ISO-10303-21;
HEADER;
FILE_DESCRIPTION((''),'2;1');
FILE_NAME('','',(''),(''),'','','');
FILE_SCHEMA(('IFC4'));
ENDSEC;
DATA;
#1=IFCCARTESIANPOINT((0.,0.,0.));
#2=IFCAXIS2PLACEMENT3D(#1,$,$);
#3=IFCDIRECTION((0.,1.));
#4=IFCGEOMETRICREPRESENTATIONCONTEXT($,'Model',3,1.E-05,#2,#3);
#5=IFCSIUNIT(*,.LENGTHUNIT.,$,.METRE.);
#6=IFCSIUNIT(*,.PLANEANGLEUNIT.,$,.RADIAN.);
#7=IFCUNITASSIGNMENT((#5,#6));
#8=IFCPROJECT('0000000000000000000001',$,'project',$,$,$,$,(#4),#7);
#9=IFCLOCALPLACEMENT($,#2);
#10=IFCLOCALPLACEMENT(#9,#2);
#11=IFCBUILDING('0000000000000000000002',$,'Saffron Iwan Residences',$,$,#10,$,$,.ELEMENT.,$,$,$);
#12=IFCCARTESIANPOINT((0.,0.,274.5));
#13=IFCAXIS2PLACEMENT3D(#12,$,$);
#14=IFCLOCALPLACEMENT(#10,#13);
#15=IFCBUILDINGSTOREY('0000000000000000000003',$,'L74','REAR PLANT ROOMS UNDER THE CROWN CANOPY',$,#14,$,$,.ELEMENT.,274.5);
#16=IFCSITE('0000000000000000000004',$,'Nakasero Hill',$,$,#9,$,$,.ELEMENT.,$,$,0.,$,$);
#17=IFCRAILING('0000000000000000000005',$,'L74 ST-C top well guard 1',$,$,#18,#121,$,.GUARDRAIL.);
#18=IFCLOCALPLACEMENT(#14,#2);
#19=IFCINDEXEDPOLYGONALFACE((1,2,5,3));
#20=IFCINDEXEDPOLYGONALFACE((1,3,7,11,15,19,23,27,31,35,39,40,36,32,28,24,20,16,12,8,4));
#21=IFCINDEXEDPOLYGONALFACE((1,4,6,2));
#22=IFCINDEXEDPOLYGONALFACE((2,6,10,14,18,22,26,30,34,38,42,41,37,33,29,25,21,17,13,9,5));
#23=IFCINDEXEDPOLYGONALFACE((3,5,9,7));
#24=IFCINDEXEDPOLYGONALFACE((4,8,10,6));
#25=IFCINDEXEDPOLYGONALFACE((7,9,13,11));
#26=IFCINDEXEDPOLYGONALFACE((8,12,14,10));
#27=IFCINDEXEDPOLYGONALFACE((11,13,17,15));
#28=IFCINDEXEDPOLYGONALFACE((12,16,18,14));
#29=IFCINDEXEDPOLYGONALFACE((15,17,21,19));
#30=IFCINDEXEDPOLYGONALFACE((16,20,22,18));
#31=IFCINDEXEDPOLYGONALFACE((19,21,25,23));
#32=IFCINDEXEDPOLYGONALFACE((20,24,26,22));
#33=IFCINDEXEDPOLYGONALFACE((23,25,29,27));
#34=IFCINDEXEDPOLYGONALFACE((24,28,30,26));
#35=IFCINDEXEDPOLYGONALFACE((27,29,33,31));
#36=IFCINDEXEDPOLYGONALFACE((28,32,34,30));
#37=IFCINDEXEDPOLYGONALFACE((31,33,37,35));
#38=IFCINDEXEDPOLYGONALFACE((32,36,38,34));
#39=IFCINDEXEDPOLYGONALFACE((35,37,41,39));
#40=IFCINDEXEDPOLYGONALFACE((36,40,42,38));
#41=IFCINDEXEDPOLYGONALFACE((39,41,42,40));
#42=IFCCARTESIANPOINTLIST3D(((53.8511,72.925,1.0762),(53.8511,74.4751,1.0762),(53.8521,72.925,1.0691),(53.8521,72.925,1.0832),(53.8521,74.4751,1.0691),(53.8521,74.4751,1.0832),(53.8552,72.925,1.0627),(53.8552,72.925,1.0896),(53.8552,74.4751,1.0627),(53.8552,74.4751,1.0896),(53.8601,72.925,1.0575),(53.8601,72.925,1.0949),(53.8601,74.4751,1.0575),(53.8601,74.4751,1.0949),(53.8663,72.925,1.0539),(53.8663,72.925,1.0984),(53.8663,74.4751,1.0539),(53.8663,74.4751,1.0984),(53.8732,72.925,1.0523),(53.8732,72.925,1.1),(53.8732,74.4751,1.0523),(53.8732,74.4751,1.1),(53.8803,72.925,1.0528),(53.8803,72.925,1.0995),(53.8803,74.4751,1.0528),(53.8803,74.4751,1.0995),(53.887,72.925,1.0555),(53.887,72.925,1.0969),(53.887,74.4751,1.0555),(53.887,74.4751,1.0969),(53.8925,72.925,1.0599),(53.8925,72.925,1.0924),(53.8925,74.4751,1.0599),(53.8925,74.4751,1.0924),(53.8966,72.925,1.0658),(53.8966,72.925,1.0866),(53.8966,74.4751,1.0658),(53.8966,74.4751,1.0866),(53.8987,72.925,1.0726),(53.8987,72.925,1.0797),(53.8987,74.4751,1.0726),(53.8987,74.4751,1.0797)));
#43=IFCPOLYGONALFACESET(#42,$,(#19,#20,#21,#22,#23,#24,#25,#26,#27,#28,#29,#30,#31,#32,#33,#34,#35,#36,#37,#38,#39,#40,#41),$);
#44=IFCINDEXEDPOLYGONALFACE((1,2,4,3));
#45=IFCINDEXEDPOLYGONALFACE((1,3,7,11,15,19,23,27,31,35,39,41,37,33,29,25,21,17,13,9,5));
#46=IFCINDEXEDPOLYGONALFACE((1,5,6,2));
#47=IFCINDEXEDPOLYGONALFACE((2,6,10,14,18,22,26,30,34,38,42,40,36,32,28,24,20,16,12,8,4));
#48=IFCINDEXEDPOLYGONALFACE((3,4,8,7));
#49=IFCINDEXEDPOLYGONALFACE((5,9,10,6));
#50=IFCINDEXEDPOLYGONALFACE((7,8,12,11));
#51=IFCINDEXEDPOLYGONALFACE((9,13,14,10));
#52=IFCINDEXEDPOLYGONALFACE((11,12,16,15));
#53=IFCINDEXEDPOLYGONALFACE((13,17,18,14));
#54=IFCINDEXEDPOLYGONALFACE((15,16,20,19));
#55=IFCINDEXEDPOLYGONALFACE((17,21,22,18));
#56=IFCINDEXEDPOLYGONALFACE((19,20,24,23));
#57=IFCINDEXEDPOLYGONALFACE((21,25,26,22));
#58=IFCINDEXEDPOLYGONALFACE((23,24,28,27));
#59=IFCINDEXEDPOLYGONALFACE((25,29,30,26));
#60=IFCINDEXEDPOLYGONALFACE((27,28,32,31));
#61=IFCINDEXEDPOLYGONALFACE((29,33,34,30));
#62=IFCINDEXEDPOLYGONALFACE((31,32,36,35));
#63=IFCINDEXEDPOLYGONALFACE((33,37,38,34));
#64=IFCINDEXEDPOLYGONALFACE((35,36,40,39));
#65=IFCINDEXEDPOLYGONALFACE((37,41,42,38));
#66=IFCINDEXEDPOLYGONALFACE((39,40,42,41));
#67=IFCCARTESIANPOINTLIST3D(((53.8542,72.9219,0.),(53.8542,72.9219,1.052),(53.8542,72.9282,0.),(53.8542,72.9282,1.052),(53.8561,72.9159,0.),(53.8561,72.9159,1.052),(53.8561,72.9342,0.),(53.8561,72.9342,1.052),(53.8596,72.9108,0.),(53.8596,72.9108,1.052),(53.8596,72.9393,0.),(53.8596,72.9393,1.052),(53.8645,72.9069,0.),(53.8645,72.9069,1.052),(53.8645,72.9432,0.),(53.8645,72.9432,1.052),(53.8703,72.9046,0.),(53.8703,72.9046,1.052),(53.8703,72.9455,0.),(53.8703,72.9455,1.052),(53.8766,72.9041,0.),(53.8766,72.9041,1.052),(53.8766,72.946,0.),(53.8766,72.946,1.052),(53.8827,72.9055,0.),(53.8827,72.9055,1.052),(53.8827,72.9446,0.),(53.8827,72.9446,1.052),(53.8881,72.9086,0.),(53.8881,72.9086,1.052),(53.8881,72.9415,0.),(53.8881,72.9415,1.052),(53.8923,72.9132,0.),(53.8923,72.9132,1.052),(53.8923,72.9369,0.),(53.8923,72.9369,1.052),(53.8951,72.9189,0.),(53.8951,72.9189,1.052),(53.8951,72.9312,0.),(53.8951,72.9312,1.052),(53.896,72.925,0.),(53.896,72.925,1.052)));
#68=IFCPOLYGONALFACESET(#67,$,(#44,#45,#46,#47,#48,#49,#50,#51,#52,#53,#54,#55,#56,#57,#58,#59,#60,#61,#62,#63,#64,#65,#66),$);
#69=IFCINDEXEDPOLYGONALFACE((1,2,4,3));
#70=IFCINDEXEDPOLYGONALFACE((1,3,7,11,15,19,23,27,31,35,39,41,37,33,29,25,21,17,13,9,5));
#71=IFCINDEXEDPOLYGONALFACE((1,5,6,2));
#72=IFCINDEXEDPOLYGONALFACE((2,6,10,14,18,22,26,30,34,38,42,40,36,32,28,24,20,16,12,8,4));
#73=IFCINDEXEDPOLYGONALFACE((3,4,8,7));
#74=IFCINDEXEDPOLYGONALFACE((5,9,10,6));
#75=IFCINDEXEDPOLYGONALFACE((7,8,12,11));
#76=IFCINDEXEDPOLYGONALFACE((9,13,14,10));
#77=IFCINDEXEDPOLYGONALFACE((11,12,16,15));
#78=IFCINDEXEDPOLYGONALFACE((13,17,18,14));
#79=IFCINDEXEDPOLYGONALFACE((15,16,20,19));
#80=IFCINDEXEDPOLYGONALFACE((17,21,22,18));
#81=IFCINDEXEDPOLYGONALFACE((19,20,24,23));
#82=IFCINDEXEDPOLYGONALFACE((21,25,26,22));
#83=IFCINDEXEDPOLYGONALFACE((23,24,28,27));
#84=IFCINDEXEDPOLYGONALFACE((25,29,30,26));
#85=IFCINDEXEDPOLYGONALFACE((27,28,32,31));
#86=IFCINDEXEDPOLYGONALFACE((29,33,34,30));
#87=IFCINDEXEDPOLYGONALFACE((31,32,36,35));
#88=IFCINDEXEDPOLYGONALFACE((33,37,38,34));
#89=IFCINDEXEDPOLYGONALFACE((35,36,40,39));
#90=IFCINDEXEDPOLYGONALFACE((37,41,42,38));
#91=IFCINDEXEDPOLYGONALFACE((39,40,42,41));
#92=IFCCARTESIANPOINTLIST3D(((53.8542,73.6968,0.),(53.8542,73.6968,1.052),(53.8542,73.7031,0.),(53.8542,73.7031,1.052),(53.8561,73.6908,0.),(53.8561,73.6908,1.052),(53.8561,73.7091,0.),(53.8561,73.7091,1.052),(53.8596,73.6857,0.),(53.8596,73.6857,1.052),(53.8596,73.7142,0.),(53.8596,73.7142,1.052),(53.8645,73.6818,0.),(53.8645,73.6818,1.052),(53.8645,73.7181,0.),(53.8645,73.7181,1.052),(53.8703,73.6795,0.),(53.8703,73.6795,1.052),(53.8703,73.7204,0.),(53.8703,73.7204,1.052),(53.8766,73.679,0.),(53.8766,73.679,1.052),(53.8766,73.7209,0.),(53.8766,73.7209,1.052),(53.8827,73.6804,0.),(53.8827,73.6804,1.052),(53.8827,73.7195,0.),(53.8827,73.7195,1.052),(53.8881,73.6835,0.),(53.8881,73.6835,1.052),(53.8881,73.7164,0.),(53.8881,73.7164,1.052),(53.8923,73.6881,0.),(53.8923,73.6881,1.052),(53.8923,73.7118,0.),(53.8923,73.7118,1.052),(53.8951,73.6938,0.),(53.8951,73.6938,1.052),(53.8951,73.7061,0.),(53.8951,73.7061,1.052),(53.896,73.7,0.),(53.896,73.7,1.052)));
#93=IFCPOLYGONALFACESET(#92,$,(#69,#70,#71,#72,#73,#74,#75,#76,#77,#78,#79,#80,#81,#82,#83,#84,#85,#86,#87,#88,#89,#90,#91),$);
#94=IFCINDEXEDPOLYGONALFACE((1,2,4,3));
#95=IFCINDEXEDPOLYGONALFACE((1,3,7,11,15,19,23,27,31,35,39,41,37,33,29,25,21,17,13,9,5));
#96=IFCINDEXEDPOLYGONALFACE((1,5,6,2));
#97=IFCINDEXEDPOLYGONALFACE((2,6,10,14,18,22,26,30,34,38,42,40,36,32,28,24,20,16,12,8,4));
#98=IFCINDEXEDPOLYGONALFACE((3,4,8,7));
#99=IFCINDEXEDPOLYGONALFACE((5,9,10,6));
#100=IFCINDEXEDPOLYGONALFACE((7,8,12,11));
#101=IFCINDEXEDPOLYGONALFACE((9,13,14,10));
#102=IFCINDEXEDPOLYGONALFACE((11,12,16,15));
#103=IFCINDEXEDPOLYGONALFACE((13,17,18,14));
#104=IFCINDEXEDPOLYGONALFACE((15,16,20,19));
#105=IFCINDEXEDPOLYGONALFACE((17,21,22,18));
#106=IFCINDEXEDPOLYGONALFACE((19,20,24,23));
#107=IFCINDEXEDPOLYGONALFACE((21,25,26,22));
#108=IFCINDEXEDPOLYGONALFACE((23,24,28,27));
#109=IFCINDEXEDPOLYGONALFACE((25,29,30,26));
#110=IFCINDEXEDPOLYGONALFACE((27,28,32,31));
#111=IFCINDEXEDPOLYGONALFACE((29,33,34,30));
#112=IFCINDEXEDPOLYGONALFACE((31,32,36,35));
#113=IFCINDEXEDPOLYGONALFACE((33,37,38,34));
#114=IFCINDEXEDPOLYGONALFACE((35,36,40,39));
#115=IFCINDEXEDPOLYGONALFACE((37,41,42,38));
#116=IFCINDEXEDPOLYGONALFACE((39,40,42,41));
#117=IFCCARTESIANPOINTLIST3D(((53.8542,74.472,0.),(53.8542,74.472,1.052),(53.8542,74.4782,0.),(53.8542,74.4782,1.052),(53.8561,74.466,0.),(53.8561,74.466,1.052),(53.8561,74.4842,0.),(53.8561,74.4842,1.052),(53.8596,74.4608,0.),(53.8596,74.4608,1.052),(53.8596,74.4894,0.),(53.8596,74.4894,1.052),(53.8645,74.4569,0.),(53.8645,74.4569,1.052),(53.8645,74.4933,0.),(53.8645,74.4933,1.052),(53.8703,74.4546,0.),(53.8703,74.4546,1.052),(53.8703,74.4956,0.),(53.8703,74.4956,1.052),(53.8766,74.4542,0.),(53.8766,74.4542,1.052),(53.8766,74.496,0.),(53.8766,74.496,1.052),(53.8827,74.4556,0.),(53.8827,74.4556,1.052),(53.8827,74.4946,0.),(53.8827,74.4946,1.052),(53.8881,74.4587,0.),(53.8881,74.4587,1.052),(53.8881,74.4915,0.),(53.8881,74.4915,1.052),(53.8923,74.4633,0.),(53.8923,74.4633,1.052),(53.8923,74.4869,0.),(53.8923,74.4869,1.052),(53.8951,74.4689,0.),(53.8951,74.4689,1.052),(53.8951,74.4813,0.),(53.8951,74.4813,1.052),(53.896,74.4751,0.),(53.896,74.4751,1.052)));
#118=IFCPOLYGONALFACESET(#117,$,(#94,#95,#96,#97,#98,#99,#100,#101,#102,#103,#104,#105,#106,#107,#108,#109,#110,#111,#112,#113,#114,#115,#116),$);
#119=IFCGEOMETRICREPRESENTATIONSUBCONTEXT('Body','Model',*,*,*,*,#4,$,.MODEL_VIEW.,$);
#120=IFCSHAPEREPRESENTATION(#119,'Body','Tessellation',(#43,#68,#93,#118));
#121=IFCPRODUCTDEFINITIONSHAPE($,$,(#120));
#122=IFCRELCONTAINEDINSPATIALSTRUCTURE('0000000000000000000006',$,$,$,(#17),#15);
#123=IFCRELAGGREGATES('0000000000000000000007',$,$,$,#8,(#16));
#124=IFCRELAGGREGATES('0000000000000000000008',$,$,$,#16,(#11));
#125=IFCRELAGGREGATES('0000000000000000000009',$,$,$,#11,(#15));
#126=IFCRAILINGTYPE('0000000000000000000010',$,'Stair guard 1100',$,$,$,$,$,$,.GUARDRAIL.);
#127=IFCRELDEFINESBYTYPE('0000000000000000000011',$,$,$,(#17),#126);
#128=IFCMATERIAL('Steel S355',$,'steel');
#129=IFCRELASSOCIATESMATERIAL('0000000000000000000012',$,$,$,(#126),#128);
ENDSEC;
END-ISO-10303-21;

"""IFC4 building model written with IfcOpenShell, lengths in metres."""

from ifc_helpers import new_model, si_unit, direction, frame, origin, origin_2d, place, context, subcontext, project, spatial, circle, extrude, material, type_object, element, save


model = new_model("IFC4")

# Units and contexts
model_context = context("Model", 3, precision=1e-05, world=origin(), true_north=direction((0.0, 1.0)))
body_context = subcontext(model_context, "Body", "Model", "MODEL_VIEW")
ifc_project = project(units=[si_unit("LENGTHUNIT", "METRE"), si_unit("PLANEANGLEUNIT", "RADIAN")], contexts=[model_context])

# Site, building, storey
site_placement = place(None, origin())
site = spatial("IfcSite", under=ifc_project, at=site_placement, Name="Nakasero Hill", CompositionType="ELEMENT", RefElevation=0.0)
building_placement = place(site_placement, origin())
building = spatial("IfcBuilding", under=site, at=building_placement, Name="Saffron Iwan Residences", CompositionType="ELEMENT")
storey_placement = place(building_placement, frame((0.0, 0.0, 274.5)))
storey = spatial("IfcBuildingStorey", under=building, at=storey_placement, Name="L74", Description="REAR PLANT ROOMS UNDER THE CROWN CANOPY", CompositionType="ELEMENT", Elevation=274.5)

# Railing
ifc_material_1 = material(Name="Steel S355", Category="steel")
railing_type = type_object("IfcRailingType", Name="Stair guard 1100", PredefinedType="GUARDRAIL", material=ifc_material_1)
railing_1_placement = place(storey_placement, frame((53.875, 72.925, 0.0)))
element("IfcRailing", 1, at=railing_1_placement, inside=storey, type_object=railing_type, Name="L74 ST-C top well guard 1", PredefinedType="GUARDRAIL", context=body_context, shape_type="SweptSolid", body=[
    extrude(circle(Radius=0.0239, at=origin_2d()), frame((0.0, 0.0, 1.0762), z_axis=(0.0, 1.0, 0.0), x_axis=(-1.0, 0.0, 0.0)), (0.0, 0.0, 1.0), 1.55),
    extrude(circle(Radius=0.021, at=origin_2d()), origin(), (0.0, 0.0, 1.0), 1.052),
    extrude(circle(Radius=0.021, at=origin_2d()), frame((0.0, 0.7749, 0.0)), (0.0, 0.0, 1.0), 1.052),
    extrude(circle(Radius=0.021, at=origin_2d()), frame((0.0, 1.55, 0.0)), (0.0, 0.0, 1.0), 1.052),
])

save(model, "model.ifc")
